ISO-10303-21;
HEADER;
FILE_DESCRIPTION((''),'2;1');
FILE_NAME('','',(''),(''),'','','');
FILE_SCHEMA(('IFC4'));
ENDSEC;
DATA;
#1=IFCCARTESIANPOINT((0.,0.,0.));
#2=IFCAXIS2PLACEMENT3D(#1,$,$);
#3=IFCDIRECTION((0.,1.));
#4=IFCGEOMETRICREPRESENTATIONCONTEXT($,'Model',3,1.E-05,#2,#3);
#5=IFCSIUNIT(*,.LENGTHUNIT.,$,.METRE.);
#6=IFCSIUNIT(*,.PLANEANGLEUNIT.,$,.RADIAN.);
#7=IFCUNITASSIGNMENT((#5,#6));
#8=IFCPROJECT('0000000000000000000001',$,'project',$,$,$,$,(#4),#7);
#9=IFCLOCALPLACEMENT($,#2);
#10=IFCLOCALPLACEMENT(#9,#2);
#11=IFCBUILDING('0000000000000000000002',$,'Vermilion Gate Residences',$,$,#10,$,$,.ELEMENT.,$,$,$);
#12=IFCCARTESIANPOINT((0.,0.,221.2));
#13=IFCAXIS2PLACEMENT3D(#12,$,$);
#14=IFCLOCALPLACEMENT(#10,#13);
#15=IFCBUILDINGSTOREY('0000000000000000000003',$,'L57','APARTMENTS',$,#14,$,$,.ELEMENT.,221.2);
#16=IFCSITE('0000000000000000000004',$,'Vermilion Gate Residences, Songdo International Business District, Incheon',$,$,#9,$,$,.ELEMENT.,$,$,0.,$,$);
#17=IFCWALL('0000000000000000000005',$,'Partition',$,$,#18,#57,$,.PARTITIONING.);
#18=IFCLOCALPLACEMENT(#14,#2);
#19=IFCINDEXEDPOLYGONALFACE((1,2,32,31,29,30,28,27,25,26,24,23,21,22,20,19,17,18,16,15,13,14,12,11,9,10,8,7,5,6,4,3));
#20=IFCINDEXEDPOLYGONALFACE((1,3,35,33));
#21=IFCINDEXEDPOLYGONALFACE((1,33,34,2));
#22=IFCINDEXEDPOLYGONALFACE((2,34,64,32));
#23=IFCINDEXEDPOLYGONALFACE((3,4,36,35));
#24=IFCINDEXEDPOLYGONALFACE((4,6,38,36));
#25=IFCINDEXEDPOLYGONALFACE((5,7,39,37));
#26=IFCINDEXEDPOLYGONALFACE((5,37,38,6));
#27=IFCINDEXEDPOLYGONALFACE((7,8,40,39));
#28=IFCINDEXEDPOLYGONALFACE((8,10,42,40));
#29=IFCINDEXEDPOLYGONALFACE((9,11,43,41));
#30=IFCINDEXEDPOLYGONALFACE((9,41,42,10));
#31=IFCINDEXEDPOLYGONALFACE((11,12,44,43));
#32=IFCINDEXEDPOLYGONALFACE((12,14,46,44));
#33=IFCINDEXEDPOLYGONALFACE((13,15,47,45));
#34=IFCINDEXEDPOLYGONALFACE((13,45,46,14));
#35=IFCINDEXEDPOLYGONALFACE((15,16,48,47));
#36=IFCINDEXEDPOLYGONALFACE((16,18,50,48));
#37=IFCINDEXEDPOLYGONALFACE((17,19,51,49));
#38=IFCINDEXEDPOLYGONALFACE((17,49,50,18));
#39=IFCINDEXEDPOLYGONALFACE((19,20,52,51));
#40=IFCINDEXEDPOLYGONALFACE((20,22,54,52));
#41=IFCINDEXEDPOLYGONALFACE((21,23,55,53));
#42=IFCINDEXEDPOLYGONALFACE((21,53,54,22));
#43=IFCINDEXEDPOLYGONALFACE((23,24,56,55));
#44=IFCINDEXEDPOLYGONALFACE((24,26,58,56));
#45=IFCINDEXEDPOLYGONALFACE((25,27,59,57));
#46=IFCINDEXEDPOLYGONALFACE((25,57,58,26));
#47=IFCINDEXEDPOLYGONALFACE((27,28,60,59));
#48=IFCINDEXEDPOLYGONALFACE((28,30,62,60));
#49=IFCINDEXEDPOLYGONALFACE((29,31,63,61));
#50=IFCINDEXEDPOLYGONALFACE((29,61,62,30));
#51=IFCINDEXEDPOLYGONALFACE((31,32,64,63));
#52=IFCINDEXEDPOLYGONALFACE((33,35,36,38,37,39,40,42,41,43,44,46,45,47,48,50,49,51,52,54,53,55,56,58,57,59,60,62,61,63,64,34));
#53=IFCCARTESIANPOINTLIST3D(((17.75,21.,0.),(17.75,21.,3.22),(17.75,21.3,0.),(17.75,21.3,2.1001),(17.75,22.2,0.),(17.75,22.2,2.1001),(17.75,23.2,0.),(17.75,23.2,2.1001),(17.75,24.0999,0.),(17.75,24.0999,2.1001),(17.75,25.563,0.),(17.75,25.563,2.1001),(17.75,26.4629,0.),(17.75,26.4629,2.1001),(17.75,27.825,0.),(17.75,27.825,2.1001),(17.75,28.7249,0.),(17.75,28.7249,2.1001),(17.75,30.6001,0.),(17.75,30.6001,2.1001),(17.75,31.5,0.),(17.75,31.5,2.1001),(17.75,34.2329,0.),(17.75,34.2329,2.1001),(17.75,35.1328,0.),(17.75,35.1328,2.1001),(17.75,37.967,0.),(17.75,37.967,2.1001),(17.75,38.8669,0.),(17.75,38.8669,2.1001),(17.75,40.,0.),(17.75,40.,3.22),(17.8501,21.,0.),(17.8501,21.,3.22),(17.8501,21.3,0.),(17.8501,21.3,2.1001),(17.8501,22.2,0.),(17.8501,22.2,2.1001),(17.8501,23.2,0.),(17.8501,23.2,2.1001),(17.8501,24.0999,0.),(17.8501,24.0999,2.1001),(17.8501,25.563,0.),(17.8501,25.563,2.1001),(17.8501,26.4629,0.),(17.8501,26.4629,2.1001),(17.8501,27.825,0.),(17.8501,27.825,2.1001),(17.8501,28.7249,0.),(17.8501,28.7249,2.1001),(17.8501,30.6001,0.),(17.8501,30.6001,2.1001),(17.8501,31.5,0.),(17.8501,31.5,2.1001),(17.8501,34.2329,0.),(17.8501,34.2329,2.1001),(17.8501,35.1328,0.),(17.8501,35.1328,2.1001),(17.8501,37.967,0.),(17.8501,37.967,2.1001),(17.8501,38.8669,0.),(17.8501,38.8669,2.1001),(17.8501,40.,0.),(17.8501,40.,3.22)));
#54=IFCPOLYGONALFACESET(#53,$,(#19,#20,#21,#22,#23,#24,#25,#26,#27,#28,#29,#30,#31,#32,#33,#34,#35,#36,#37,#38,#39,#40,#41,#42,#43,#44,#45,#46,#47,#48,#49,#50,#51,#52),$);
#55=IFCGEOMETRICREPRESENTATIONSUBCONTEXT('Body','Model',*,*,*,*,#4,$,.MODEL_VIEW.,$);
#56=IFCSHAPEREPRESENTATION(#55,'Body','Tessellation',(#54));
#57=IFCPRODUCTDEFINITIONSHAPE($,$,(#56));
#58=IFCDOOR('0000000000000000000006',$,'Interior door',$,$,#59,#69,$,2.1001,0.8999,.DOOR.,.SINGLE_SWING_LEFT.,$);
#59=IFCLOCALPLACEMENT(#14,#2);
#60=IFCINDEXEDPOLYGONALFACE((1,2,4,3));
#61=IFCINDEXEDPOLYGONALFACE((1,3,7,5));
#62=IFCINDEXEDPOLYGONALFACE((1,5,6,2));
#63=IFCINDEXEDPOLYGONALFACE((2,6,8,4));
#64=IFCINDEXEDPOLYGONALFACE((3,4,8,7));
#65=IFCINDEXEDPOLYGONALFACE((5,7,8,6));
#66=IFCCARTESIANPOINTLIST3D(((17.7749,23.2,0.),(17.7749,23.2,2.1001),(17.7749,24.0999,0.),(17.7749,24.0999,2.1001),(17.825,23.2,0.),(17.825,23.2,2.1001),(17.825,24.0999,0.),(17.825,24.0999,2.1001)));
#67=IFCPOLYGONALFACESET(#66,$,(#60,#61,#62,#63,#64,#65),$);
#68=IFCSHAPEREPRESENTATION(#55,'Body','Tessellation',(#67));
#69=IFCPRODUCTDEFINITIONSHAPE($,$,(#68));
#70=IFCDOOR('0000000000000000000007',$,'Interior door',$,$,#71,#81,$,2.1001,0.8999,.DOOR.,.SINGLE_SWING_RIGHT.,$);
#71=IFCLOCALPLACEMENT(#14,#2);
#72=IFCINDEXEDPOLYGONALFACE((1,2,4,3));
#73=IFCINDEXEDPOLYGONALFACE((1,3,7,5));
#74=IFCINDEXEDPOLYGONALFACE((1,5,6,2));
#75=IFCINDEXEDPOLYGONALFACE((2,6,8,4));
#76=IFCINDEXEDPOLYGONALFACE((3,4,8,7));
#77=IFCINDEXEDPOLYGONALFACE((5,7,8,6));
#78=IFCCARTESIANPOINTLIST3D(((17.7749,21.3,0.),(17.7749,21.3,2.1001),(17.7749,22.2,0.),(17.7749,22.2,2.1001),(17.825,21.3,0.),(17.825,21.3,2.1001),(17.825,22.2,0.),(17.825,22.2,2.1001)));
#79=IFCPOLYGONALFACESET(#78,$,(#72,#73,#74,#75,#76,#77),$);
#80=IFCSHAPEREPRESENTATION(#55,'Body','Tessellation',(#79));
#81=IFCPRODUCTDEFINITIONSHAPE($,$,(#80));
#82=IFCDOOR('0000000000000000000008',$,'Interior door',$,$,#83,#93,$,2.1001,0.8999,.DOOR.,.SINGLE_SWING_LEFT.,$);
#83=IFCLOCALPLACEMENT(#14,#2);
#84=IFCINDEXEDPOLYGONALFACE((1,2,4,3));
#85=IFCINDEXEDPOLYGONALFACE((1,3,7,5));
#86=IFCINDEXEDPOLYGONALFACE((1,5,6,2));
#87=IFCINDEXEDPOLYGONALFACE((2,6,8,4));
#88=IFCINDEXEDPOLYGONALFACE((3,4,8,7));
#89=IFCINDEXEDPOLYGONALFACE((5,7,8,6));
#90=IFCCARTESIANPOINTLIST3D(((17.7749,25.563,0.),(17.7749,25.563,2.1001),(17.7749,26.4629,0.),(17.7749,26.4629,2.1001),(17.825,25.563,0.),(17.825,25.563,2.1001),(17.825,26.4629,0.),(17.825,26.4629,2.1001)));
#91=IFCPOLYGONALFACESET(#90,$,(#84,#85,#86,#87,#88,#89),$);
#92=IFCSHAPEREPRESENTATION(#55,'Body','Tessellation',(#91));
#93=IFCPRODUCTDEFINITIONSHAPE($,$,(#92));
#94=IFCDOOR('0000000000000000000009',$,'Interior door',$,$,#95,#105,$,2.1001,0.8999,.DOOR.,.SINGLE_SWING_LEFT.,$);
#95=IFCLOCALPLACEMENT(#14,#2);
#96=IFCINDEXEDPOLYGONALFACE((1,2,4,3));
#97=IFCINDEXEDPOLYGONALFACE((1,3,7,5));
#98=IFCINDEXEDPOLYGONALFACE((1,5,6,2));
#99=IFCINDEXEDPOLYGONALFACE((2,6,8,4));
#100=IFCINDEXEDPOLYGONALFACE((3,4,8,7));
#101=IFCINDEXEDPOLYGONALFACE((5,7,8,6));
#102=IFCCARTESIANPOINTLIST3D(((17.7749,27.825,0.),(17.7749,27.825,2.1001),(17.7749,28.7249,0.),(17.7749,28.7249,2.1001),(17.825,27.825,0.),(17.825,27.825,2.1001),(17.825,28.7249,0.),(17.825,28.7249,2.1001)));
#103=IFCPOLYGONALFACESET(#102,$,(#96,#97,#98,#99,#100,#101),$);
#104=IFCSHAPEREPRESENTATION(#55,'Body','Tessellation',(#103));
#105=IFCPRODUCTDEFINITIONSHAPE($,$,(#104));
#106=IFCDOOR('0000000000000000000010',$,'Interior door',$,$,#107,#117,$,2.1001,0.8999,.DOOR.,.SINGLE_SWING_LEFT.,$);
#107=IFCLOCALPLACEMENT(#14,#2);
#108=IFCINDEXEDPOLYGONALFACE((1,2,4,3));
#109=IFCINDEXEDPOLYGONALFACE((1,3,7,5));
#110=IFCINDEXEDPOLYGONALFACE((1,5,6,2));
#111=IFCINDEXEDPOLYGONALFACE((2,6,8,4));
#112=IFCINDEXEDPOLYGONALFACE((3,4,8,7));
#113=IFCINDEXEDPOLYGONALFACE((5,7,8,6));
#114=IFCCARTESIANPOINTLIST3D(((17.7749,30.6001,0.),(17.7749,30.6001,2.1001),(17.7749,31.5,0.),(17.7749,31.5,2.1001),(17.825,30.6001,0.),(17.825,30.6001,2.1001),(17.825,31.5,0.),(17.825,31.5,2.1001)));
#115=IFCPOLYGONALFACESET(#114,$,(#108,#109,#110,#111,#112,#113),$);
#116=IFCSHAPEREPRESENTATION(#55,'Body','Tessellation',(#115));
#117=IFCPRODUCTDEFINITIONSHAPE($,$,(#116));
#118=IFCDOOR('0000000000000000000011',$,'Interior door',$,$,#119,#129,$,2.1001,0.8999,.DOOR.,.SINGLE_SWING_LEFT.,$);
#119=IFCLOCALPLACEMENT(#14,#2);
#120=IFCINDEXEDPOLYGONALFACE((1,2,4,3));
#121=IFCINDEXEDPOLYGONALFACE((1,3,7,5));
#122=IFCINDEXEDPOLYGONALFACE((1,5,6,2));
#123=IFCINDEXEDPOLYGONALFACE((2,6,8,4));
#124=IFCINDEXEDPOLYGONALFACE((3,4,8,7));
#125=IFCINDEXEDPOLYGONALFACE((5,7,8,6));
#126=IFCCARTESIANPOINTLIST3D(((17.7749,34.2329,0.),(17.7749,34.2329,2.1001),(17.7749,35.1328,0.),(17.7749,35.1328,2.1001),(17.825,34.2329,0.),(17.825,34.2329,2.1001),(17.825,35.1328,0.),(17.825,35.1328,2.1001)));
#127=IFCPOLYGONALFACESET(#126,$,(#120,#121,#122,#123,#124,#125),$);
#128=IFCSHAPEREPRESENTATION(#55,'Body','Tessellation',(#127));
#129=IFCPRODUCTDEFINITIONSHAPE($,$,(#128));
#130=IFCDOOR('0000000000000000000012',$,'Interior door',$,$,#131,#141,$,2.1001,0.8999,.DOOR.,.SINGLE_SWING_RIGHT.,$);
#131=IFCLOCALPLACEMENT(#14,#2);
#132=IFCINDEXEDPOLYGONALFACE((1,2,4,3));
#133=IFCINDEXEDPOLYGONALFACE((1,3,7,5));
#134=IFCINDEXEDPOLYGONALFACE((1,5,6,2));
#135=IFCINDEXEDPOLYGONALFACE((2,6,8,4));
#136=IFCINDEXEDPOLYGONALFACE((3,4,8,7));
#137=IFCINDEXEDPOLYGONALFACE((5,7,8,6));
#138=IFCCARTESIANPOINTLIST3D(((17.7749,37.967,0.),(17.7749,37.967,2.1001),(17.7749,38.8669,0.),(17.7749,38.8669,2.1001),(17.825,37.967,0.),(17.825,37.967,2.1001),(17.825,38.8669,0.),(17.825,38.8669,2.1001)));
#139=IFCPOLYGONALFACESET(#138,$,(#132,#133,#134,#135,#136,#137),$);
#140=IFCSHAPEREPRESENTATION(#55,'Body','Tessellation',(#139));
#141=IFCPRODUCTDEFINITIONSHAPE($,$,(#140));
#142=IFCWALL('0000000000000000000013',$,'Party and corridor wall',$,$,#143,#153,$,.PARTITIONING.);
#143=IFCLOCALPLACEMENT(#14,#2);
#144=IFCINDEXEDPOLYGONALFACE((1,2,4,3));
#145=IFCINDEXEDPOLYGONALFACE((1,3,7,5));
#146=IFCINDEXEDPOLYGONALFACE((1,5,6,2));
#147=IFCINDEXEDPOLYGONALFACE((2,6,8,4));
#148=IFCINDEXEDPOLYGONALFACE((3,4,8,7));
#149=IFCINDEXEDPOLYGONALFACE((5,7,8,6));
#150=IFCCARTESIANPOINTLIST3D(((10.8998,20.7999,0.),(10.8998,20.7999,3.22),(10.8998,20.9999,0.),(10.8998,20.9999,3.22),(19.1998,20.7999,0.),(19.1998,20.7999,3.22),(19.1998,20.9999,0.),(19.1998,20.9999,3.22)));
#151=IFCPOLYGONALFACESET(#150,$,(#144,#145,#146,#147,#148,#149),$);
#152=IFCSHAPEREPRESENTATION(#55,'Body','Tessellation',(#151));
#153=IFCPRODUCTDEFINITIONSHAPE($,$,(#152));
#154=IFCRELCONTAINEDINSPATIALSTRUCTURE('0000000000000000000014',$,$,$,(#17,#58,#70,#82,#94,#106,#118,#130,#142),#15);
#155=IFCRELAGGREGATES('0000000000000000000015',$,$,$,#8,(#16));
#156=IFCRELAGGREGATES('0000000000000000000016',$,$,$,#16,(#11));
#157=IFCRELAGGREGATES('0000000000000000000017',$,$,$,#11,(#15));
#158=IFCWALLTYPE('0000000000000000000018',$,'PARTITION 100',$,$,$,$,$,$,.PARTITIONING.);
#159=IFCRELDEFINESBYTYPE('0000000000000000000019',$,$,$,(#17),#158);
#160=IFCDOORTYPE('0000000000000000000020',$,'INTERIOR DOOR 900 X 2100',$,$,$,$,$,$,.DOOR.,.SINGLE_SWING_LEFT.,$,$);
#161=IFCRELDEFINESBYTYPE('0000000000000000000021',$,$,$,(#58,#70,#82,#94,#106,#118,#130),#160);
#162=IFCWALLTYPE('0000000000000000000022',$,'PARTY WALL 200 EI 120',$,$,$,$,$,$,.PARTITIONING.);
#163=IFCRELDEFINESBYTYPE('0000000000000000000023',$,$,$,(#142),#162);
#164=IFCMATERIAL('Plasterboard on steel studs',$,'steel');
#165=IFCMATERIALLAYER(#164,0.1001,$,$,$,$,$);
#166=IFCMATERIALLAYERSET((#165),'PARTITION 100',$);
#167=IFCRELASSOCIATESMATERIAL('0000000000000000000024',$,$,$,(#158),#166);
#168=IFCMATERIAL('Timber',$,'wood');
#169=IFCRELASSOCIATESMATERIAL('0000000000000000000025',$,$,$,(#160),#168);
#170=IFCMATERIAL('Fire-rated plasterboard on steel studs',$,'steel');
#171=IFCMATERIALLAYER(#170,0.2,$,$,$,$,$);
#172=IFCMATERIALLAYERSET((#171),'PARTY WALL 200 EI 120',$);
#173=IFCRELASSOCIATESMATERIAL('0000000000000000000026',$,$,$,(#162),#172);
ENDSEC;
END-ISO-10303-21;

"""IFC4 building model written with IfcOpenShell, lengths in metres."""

from ifc_helpers import new_model, si_unit, direction, frame, frame_2d, origin, place, context, subcontext, project, spatial, rectangle, extrude, material, layer, layer_set, type_object, element, fill, save


model = new_model("IFC4")

# Units and contexts
model_context = context("Model", 3, precision=1e-05, world=origin(), true_north=direction((0.0, 1.0)))
body_context = subcontext(model_context, "Body", "Model", "MODEL_VIEW")
ifc_project = project(units=[si_unit("LENGTHUNIT", "METRE"), si_unit("PLANEANGLEUNIT", "RADIAN")], contexts=[model_context])

# Site, building, storey
site_placement = place(None, origin())
site = spatial("IfcSite", under=ifc_project, at=site_placement, Name="Vermilion Gate Residences, Songdo International Business District, Incheon", CompositionType="ELEMENT", RefElevation=0.0)
building_placement = place(site_placement, origin())
building = spatial("IfcBuilding", under=site, at=building_placement, Name="Vermilion Gate Residences", CompositionType="ELEMENT")
storey_placement = place(building_placement, frame((0.0, 0.0, 221.2)))
storey = spatial("IfcBuildingStorey", under=building, at=storey_placement, Name="L57", Description="APARTMENTS", CompositionType="ELEMENT", Elevation=221.2)

# Shared definitions
ifc_material_1 = material(Name="Plasterboard on steel studs", Category="steel")
ifc_layer_1 = layer(ifc_material_1, 0.1001)
ifc_layer_set_1 = layer_set([ifc_layer_1], Name="PARTITION 100")
wall_type_1 = type_object("IfcWallType", Name="PARTITION 100", PredefinedType="PARTITIONING", material=ifc_layer_set_1)

# Wall, openings, doors
ifc_material_2 = material(Name="Timber", Category="wood")
door_type_1 = type_object("IfcDoorType", Name="INTERIOR DOOR 900 X 2100", OperationType="SINGLE_SWING_LEFT", PredefinedType="DOOR", material=ifc_material_2)
wall_1_placement = place(storey_placement, frame((17.8, 21.0, 0.0), z_axis=(0.0, 0.0, 1.0), x_axis=(0.0, 1.0, 0.0)))
wall_1 = element("IfcWall", 1, at=wall_1_placement, inside=storey, type_object=wall_type_1, Name="Partition", PredefinedType="PARTITIONING", context=body_context, shape_type="SweptSolid", body=[
    extrude(rectangle(XDim=19.0, YDim=0.1001, at=frame_2d((9.5, 0.0))), origin(), (0.0, 0.0, 1.0), 3.22),
])
opening_1_placement = place(wall_1_placement, frame((2.2, 0.0, 0.0)))
opening_1 = element("IfcOpeningElement", 2, at=opening_1_placement, cuts=wall_1, PredefinedType="OPENING", context=body_context, shape_type="SweptSolid", body=[
    extrude(rectangle(XDim=0.8999, YDim=2.1001, at=frame_2d((0.45, 1.05))), frame((0.0, 0.0601, 0.0), z_axis=(0.0, -1.0, 0.0), x_axis=(1.0, 0.0, 0.0)), (0.0, 0.0, 1.0), 0.1201),
])
opening_2_placement = place(wall_1_placement, frame((0.3, 0.0, 0.0)))
opening_2 = element("IfcOpeningElement", 3, at=opening_2_placement, cuts=wall_1, PredefinedType="OPENING", context=body_context, shape_type="SweptSolid", body=[
    extrude(rectangle(XDim=0.8999, YDim=2.1001, at=frame_2d((0.45, 1.05))), frame((0.0, 0.0601, 0.0), z_axis=(0.0, -1.0, 0.0), x_axis=(1.0, 0.0, 0.0)), (0.0, 0.0, 1.0), 0.1201),
])
opening_3_placement = place(wall_1_placement, frame((4.563, 0.0, 0.0)))
opening_3 = element("IfcOpeningElement", 4, at=opening_3_placement, cuts=wall_1, PredefinedType="OPENING", context=body_context, shape_type="SweptSolid", body=[
    extrude(rectangle(XDim=0.8999, YDim=2.1001, at=frame_2d((0.45, 1.05))), frame((0.0, 0.0601, 0.0), z_axis=(0.0, -1.0, 0.0), x_axis=(1.0, 0.0, 0.0)), (0.0, 0.0, 1.0), 0.1201),
])
opening_4_placement = place(wall_1_placement, frame((6.825, 0.0, 0.0)))
opening_4 = element("IfcOpeningElement", 5, at=opening_4_placement, cuts=wall_1, PredefinedType="OPENING", context=body_context, shape_type="SweptSolid", body=[
    extrude(rectangle(XDim=0.8999, YDim=2.1001, at=frame_2d((0.45, 1.05))), frame((0.0, 0.0601, 0.0), z_axis=(0.0, -1.0, 0.0), x_axis=(1.0, 0.0, 0.0)), (0.0, 0.0, 1.0), 0.1201),
])
opening_5_placement = place(wall_1_placement, frame((9.6001, 0.0, 0.0)))
opening_5 = element("IfcOpeningElement", 6, at=opening_5_placement, cuts=wall_1, PredefinedType="OPENING", context=body_context, shape_type="SweptSolid", body=[
    extrude(rectangle(XDim=0.8999, YDim=2.1001, at=frame_2d((0.45, 1.05))), frame((0.0, 0.0601, 0.0), z_axis=(0.0, -1.0, 0.0), x_axis=(1.0, 0.0, 0.0)), (0.0, 0.0, 1.0), 0.1201),
])
opening_6_placement = place(wall_1_placement, frame((13.2329, 0.0, 0.0)))
opening_6 = element("IfcOpeningElement", 7, at=opening_6_placement, cuts=wall_1, PredefinedType="OPENING", context=body_context, shape_type="SweptSolid", body=[
    extrude(rectangle(XDim=0.8999, YDim=2.1001, at=frame_2d((0.45, 1.05))), frame((0.0, 0.0601, 0.0), z_axis=(0.0, -1.0, 0.0), x_axis=(1.0, 0.0, 0.0)), (0.0, 0.0, 1.0), 0.1201),
])
opening_7_placement = place(wall_1_placement, frame((16.967, 0.0, 0.0)))
opening_7 = element("IfcOpeningElement", 8, at=opening_7_placement, cuts=wall_1, PredefinedType="OPENING", context=body_context, shape_type="SweptSolid", body=[
    extrude(rectangle(XDim=0.8999, YDim=2.1001, at=frame_2d((0.45, 1.05))), frame((0.0, 0.0601, 0.0), z_axis=(0.0, -1.0, 0.0), x_axis=(1.0, 0.0, 0.0)), (0.0, 0.0, 1.0), 0.1201),
])
door_1_placement = place(opening_1_placement, frame((0.8999, 0.0, 0.0), z_axis=(0.0, 0.0, 1.0), x_axis=(-1.0, 0.0, 0.0)))
door_1 = element("IfcDoor", 9, at=door_1_placement, inside=storey, type_object=door_type_1, Name="Interior door", OperationType="SINGLE_SWING_LEFT", OverallHeight=2.1001, OverallWidth=0.8999, PredefinedType="DOOR", context=body_context, shape_type="SweptSolid", body=[
    extrude(rectangle(XDim=0.8999, YDim=2.1001, at=frame_2d((0.45, 1.05))), frame((0.0, 0.0249, 0.0), z_axis=(0.0, -1.0, 0.0), x_axis=(1.0, 0.0, 0.0)), (0.0, 0.0, 1.0), 0.05),
])
fill(opening_1, door_1)
door_2_placement = place(opening_2_placement, frame((0.8999, 0.0, 0.0), z_axis=(0.0, 0.0, 1.0), x_axis=(-1.0, 0.0, 0.0)))
door_2 = element("IfcDoor", 10, at=door_2_placement, inside=storey, type_object=door_type_1, Name="Interior door", OperationType="SINGLE_SWING_RIGHT", OverallHeight=2.1001, OverallWidth=0.8999, PredefinedType="DOOR", context=body_context, shape_type="SweptSolid", body=[
    extrude(rectangle(XDim=0.8999, YDim=2.1001, at=frame_2d((0.45, 1.05))), frame((0.0, 0.0249, 0.0), z_axis=(0.0, -1.0, 0.0), x_axis=(1.0, 0.0, 0.0)), (0.0, 0.0, 1.0), 0.05),
])
fill(opening_2, door_2)
door_3_placement = place(opening_3_placement, frame((0.8999, 0.0, 0.0), z_axis=(0.0, 0.0, 1.0), x_axis=(-1.0, 0.0, 0.0)))
door_3 = element("IfcDoor", 11, at=door_3_placement, inside=storey, type_object=door_type_1, Name="Interior door", OperationType="SINGLE_SWING_LEFT", OverallHeight=2.1001, OverallWidth=0.8999, PredefinedType="DOOR", context=body_context, shape_type="SweptSolid", body=[
    extrude(rectangle(XDim=0.8999, YDim=2.1001, at=frame_2d((0.45, 1.05))), frame((0.0, 0.0249, 0.0), z_axis=(0.0, -1.0, 0.0), x_axis=(1.0, 0.0, 0.0)), (0.0, 0.0, 1.0), 0.05),
])
fill(opening_3, door_3)
door_4_placement = place(opening_4_placement, frame((0.8999, 0.0, 0.0), z_axis=(0.0, 0.0, 1.0), x_axis=(-1.0, 0.0, 0.0)))
door_4 = element("IfcDoor", 12, at=door_4_placement, inside=storey, type_object=door_type_1, Name="Interior door", OperationType="SINGLE_SWING_LEFT", OverallHeight=2.1001, OverallWidth=0.8999, PredefinedType="DOOR", context=body_context, shape_type="SweptSolid", body=[
    extrude(rectangle(XDim=0.8999, YDim=2.1001, at=frame_2d((0.45, 1.05))), frame((0.0, 0.0249, 0.0), z_axis=(0.0, -1.0, 0.0), x_axis=(1.0, 0.0, 0.0)), (0.0, 0.0, 1.0), 0.05),
])
fill(opening_4, door_4)
door_5_placement = place(opening_5_placement, frame((0.8999, 0.0, 0.0), z_axis=(0.0, 0.0, 1.0), x_axis=(-1.0, 0.0, 0.0)))
door_5 = element("IfcDoor", 13, at=door_5_placement, inside=storey, type_object=door_type_1, Name="Interior door", OperationType="SINGLE_SWING_LEFT", OverallHeight=2.1001, OverallWidth=0.8999, PredefinedType="DOOR", context=body_context, shape_type="SweptSolid", body=[
    extrude(rectangle(XDim=0.8999, YDim=2.1001, at=frame_2d((0.45, 1.05))), frame((0.0, 0.0249, 0.0), z_axis=(0.0, -1.0, 0.0), x_axis=(1.0, 0.0, 0.0)), (0.0, 0.0, 1.0), 0.05),
])
fill(opening_5, door_5)
door_6_placement = place(opening_6_placement, frame((0.8999, 0.0, 0.0), z_axis=(0.0, 0.0, 1.0), x_axis=(-1.0, 0.0, 0.0)))
door_6 = element("IfcDoor", 14, at=door_6_placement, inside=storey, type_object=door_type_1, Name="Interior door", OperationType="SINGLE_SWING_LEFT", OverallHeight=2.1001, OverallWidth=0.8999, PredefinedType="DOOR", context=body_context, shape_type="SweptSolid", body=[
    extrude(rectangle(XDim=0.8999, YDim=2.1001, at=frame_2d((0.45, 1.05))), frame((0.0, 0.0249, 0.0), z_axis=(0.0, -1.0, 0.0), x_axis=(1.0, 0.0, 0.0)), (0.0, 0.0, 1.0), 0.05),
])
fill(opening_6, door_6)
door_7_placement = place(opening_7_placement, frame((0.8999, 0.0, 0.0), z_axis=(0.0, 0.0, 1.0), x_axis=(-1.0, 0.0, 0.0)))
door_7 = element("IfcDoor", 15, at=door_7_placement, inside=storey, type_object=door_type_1, Name="Interior door", OperationType="SINGLE_SWING_RIGHT", OverallHeight=2.1001, OverallWidth=0.8999, PredefinedType="DOOR", context=body_context, shape_type="SweptSolid", body=[
    extrude(rectangle(XDim=0.8999, YDim=2.1001, at=frame_2d((0.45, 1.05))), frame((0.0, 0.0249, 0.0), z_axis=(0.0, -1.0, 0.0), x_axis=(1.0, 0.0, 0.0)), (0.0, 0.0, 1.0), 0.05),
])
fill(opening_7, door_7)

# Wall
ifc_material_3 = material(Name="Fire-rated plasterboard on steel studs", Category="steel")
ifc_layer_2 = layer(ifc_material_3, 0.2)
ifc_layer_set_2 = layer_set([ifc_layer_2], Name="PARTY WALL 200 EI 120")
wall_type_2 = type_object("IfcWallType", Name="PARTY WALL 200 EI 120", PredefinedType="PARTITIONING", material=ifc_layer_set_2)
wall_2_placement = place(storey_placement, frame((10.8999, 20.8999, 0.0), z_axis=(0.0, 0.0, 1.0), x_axis=(1.0, 0.0, 0.0)))
element("IfcWall", 16, at=wall_2_placement, inside=storey, type_object=wall_type_2, Name="Party and corridor wall", PredefinedType="PARTITIONING", context=body_context, shape_type="SweptSolid", body=[
    extrude(rectangle(XDim=8.3, YDim=0.2, at=frame_2d((4.1499, 0.0))), origin(), (0.0, 0.0, 1.0), 3.22),
])

save(model, "model.ifc")
